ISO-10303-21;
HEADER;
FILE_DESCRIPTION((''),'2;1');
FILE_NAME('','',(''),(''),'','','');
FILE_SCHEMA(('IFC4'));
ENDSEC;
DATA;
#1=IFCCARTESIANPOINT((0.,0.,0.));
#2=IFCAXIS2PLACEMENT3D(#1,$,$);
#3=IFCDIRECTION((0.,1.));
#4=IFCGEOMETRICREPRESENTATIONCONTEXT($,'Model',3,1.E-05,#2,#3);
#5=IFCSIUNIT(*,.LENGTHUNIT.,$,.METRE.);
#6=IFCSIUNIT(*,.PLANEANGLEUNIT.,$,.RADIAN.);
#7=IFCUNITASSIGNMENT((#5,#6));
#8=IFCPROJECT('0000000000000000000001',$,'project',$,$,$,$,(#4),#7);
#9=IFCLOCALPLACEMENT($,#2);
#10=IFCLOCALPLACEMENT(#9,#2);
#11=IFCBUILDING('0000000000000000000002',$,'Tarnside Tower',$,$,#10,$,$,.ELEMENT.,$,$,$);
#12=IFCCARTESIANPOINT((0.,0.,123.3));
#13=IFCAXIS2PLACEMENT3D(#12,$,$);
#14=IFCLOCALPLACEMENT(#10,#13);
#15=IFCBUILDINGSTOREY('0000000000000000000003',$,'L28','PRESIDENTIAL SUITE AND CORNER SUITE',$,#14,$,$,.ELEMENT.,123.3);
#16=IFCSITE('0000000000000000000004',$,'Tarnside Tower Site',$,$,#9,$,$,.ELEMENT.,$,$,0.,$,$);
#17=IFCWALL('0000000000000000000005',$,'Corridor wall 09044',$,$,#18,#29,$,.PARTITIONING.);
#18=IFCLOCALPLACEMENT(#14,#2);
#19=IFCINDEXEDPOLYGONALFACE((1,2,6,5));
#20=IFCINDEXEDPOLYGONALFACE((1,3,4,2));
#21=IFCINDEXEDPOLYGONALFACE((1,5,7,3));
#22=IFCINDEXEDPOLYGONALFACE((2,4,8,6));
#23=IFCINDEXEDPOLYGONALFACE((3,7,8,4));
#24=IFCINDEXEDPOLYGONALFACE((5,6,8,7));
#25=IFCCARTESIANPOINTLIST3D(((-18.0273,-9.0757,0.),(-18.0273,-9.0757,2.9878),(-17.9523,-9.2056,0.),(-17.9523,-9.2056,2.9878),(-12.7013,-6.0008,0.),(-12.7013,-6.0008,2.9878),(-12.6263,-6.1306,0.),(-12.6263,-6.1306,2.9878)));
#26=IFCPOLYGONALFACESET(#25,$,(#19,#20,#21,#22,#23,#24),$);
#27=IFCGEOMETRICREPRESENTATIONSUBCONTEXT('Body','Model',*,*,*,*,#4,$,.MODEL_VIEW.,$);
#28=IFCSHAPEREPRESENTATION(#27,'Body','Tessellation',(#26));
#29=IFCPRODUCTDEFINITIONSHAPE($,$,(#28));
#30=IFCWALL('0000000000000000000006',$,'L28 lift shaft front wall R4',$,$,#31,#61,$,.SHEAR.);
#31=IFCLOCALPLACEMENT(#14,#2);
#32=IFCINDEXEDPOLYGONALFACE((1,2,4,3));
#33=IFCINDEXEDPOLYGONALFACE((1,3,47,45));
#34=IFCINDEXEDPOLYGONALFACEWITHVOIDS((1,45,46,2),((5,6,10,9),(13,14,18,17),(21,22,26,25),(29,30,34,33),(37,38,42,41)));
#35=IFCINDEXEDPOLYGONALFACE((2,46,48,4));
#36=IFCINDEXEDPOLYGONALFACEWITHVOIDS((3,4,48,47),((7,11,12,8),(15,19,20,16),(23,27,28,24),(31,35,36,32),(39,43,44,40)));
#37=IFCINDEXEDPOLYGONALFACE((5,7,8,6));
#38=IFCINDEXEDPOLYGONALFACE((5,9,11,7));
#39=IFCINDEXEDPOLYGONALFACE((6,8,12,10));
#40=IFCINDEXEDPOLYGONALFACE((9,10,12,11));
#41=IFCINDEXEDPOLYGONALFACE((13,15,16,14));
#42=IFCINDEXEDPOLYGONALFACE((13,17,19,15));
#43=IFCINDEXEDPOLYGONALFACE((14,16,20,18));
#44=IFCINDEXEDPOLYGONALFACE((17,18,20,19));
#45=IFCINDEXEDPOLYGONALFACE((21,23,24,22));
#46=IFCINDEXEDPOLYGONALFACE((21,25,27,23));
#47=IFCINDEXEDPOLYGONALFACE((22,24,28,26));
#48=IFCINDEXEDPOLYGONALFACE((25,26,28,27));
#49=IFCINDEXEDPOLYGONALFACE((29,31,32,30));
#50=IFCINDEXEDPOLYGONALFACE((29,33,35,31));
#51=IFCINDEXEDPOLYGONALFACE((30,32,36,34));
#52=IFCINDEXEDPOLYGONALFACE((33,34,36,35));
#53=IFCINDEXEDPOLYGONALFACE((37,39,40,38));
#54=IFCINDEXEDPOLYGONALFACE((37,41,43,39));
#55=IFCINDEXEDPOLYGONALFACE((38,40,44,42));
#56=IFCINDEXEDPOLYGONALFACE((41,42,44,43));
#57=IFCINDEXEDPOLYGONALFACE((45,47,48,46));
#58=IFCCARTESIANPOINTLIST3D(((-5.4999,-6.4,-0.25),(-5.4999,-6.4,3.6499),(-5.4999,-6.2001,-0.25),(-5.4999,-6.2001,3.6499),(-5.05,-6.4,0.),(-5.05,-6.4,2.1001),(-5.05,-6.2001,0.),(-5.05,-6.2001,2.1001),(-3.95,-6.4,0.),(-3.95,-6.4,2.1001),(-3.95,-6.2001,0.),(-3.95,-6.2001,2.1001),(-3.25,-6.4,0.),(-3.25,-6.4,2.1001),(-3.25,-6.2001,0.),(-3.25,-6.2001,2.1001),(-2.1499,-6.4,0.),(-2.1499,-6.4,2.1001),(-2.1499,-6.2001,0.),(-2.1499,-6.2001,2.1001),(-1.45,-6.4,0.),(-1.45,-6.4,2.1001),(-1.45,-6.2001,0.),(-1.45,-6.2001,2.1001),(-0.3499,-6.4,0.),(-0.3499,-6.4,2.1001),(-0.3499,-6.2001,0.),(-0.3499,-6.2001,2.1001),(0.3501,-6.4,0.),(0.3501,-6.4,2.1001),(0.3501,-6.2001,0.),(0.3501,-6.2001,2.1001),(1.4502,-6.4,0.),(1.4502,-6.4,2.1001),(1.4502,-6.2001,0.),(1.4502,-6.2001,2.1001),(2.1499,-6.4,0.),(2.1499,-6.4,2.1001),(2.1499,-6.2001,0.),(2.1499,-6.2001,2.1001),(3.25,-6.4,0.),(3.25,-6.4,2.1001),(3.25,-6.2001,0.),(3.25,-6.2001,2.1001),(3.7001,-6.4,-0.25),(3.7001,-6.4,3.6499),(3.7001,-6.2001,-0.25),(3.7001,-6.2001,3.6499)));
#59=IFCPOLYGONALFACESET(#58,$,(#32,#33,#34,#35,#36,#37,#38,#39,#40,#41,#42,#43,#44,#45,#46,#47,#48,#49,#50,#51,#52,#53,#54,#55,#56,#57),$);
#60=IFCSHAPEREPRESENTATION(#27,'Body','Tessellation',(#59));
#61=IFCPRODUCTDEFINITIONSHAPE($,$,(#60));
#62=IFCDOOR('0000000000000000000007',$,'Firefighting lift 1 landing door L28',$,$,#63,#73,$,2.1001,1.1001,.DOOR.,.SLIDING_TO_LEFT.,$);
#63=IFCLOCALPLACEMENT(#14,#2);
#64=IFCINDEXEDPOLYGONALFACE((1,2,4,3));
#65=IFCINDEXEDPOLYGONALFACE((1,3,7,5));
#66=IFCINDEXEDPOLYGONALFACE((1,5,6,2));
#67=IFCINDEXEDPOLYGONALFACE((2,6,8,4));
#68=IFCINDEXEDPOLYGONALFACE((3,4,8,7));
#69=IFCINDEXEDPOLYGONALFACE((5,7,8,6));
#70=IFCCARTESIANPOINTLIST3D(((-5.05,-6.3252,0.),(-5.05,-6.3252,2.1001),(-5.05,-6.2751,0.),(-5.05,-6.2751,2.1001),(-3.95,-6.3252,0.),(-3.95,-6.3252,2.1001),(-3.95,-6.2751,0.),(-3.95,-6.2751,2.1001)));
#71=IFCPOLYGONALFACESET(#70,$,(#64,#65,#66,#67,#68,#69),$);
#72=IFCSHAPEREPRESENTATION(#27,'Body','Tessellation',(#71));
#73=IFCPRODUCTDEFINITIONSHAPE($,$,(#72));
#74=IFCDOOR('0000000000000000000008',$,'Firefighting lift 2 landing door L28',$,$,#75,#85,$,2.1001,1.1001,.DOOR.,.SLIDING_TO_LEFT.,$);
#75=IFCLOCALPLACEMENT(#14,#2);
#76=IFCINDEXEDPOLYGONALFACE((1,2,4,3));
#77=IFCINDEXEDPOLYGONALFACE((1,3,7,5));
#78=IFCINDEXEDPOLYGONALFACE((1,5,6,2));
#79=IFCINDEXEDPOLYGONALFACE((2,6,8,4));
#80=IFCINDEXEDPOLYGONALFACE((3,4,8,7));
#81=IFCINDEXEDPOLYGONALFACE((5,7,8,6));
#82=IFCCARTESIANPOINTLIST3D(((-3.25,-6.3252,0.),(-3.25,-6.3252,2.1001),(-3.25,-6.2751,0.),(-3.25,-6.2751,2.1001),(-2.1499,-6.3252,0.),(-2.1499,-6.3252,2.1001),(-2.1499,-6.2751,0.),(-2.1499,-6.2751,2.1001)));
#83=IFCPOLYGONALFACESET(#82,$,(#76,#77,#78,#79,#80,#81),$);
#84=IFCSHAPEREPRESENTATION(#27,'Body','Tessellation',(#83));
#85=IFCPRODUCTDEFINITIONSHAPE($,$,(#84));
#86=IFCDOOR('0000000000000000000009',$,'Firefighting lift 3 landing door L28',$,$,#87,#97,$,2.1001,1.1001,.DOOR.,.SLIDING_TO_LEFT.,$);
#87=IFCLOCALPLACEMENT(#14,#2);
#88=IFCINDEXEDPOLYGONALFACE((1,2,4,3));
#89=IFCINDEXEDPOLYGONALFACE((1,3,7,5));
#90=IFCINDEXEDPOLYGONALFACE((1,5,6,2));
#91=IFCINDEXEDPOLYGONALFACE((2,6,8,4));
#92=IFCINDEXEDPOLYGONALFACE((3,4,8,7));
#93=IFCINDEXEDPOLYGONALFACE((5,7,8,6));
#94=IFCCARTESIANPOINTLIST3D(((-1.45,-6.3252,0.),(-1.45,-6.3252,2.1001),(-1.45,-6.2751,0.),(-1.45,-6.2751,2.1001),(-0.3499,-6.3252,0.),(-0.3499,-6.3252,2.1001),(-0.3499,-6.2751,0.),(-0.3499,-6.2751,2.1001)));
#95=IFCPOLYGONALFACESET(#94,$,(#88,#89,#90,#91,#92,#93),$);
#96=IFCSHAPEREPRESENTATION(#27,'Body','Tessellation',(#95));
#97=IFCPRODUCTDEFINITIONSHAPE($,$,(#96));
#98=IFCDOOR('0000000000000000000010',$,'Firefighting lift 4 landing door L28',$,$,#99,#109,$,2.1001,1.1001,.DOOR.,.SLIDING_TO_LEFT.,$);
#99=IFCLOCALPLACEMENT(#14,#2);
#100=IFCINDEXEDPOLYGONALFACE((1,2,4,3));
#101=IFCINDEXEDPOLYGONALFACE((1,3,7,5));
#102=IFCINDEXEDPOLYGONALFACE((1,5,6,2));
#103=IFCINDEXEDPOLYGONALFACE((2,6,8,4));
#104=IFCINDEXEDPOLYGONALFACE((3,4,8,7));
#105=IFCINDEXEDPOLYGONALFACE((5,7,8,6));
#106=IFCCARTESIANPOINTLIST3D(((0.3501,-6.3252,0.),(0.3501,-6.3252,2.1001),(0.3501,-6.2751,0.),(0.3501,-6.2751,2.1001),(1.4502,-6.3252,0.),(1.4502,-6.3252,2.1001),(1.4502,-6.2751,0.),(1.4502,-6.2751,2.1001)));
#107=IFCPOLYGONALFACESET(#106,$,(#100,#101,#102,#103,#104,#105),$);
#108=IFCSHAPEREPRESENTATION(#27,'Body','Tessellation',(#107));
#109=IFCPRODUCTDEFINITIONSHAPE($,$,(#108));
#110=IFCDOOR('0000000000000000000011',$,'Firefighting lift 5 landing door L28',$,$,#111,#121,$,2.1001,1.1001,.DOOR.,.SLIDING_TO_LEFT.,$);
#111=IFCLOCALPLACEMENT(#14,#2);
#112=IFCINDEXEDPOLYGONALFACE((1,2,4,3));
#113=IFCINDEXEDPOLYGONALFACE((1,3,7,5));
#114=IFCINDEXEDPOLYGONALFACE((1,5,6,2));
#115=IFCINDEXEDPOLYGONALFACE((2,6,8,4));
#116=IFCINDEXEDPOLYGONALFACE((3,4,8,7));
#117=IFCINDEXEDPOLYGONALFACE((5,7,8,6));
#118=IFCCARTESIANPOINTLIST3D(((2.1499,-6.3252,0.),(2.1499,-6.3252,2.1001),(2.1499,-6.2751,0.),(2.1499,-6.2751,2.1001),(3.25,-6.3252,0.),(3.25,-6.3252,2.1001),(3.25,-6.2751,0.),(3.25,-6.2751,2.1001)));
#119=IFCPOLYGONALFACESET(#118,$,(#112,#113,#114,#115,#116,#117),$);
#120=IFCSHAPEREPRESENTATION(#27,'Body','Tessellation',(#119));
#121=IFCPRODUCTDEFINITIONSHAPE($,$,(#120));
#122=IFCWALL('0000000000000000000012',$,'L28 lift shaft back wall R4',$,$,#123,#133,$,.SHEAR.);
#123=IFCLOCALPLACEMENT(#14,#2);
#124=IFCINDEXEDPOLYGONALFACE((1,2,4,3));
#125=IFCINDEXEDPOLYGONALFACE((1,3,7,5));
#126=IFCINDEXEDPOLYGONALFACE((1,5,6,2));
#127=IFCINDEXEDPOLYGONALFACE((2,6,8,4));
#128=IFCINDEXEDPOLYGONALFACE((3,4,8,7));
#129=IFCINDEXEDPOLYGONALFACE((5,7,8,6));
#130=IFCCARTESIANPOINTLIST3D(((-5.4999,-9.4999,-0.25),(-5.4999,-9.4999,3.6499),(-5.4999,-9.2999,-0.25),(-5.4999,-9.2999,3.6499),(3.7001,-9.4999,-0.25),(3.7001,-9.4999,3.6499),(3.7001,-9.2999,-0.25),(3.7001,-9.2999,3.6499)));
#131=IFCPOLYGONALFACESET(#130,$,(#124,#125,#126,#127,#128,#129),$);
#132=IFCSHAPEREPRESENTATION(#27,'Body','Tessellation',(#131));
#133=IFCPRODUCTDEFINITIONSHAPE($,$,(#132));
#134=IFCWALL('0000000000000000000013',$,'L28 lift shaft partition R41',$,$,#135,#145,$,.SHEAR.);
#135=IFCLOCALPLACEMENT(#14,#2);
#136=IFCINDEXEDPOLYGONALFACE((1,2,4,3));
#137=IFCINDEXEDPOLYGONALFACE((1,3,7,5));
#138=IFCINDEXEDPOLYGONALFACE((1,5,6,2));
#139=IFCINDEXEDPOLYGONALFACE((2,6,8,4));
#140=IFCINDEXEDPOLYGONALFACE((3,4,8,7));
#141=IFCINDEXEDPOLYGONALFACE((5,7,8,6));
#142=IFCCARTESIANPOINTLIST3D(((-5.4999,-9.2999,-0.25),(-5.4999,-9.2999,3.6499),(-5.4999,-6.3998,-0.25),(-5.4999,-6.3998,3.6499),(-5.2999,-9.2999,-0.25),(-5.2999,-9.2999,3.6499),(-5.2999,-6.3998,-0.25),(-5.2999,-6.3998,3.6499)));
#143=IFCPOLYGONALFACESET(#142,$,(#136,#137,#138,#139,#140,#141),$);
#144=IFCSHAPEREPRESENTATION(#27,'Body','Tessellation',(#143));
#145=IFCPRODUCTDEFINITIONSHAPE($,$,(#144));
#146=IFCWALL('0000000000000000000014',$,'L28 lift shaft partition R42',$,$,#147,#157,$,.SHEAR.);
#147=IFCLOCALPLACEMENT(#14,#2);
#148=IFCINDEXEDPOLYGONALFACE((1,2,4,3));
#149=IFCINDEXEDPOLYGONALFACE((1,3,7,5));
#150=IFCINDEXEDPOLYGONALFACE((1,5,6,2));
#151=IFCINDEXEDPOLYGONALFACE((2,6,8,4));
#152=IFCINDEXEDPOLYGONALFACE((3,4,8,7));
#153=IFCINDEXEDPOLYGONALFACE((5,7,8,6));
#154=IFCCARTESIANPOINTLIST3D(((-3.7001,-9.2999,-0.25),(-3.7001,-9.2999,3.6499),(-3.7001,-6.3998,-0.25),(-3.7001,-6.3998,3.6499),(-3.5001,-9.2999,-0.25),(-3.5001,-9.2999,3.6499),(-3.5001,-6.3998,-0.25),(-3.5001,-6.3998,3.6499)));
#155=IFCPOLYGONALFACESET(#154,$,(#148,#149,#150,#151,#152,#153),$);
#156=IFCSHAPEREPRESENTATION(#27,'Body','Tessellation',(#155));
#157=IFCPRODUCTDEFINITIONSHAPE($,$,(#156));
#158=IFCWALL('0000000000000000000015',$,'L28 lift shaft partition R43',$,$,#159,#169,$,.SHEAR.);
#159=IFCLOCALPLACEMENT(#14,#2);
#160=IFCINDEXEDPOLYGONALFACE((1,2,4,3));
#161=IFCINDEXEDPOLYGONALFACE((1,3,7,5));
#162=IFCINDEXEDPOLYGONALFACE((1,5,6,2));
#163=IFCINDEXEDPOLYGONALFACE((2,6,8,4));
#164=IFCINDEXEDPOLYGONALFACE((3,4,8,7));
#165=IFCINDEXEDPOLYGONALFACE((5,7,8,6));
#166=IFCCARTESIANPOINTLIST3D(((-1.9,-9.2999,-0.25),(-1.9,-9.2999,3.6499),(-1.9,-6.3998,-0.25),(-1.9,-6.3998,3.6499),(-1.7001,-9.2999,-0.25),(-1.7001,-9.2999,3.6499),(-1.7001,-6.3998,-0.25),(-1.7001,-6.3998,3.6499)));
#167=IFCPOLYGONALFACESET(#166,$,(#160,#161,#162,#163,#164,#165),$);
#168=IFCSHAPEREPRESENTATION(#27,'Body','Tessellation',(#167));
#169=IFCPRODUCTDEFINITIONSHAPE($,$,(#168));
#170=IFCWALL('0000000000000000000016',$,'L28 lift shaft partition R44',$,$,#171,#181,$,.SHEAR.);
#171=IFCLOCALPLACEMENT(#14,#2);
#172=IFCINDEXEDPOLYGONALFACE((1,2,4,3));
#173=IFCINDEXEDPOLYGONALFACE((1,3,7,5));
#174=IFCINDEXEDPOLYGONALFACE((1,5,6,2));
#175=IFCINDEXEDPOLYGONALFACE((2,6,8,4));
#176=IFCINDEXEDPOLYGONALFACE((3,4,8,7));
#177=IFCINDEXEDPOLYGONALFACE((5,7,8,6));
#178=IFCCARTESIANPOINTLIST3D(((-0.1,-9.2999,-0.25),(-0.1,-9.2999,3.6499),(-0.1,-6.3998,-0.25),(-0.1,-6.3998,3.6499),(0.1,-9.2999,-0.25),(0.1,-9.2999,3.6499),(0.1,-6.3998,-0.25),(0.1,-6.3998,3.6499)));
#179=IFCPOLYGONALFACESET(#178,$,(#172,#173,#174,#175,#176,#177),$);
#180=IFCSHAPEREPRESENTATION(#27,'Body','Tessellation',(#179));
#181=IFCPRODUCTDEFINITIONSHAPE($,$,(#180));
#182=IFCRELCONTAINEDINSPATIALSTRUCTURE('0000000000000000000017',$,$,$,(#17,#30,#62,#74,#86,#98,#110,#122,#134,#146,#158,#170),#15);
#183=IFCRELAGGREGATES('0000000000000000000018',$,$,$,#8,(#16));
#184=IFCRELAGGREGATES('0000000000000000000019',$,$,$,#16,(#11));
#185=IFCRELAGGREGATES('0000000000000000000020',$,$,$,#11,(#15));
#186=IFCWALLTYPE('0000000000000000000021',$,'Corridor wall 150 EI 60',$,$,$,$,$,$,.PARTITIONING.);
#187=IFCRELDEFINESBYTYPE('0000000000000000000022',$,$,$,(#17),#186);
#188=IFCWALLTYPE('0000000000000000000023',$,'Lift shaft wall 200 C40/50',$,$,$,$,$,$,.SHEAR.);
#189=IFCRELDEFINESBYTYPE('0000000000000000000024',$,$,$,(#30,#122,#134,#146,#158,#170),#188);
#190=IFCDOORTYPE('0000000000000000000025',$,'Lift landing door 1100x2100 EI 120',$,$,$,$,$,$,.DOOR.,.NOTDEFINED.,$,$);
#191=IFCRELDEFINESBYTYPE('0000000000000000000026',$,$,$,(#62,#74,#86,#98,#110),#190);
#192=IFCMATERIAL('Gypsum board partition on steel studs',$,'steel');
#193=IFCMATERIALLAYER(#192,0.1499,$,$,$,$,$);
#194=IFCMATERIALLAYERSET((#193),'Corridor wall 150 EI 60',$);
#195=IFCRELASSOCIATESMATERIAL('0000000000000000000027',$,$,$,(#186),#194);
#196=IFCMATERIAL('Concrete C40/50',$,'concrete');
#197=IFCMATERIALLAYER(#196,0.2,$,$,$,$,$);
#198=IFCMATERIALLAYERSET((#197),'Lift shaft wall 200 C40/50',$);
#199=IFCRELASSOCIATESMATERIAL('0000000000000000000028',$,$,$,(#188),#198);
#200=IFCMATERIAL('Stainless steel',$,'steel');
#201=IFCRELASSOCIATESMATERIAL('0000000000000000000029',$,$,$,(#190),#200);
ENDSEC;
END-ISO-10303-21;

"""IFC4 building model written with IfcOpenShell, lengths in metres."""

from ifc_helpers import new_model, si_unit, direction, frame, frame_2d, origin, place, context, subcontext, project, spatial, rectangle, extrude, material, layer, layer_set, type_object, element, fill, save


model = new_model("IFC4")

# Units and contexts
model_context = context("Model", 3, precision=1e-05, world=origin(), true_north=direction((0.0, 1.0)))
body_context = subcontext(model_context, "Body", "Model", "MODEL_VIEW")
ifc_project = project(units=[si_unit("LENGTHUNIT", "METRE"), si_unit("PLANEANGLEUNIT", "RADIAN")], contexts=[model_context])

# Site, building, storey
site_placement = place(None, origin())
site = spatial("IfcSite", under=ifc_project, at=site_placement, Name="Tarnside Tower Site", CompositionType="ELEMENT", RefElevation=0.0)
building_placement = place(site_placement, origin())
building = spatial("IfcBuilding", under=site, at=building_placement, Name="Tarnside Tower", CompositionType="ELEMENT")
storey_placement = place(building_placement, frame((0.0, 0.0, 123.3)))
storey = spatial("IfcBuildingStorey", under=building, at=storey_placement, Name="L28", Description="PRESIDENTIAL SUITE AND CORNER SUITE", CompositionType="ELEMENT", Elevation=123.3)

# Wall
ifc_material_1 = material(Name="Gypsum board partition on steel studs", Category="steel")
ifc_layer_1 = layer(ifc_material_1, 0.1499)
ifc_layer_set_1 = layer_set([ifc_layer_1], Name="Corridor wall 150 EI 60")
wall_type_1 = type_object("IfcWallType", Name="Corridor wall 150 EI 60", PredefinedType="PARTITIONING", material=ifc_layer_set_1)
wall_1_placement = place(storey_placement, frame((-12.6638, -6.0657, 0.0), z_axis=(0.0, 0.0, 1.0), x_axis=(-0.866024, -0.500003, 0.0)))
element("IfcWall", 1, at=wall_1_placement, inside=storey, type_object=wall_type_1, Name="Corridor wall 09044", PredefinedType="PARTITIONING", context=body_context, shape_type="SweptSolid", body=[
    extrude(rectangle(XDim=6.1499, YDim=0.1499, at=frame_2d((3.075, 0.0))), origin(), (0.0, 0.0, 1.0), 2.9878),
])

# Wall, openings, doors
ifc_material_2 = material(Name="Concrete C40/50", Category="concrete")
ifc_layer_2 = layer(ifc_material_2, 0.2)
ifc_layer_set_2 = layer_set([ifc_layer_2], Name="Lift shaft wall 200 C40/50")
wall_type_2 = type_object("IfcWallType", Name="Lift shaft wall 200 C40/50", PredefinedType="SHEAR", material=ifc_layer_set_2)
wall_2_placement = place(storey_placement, frame((-5.5, -6.3, -0.25), z_axis=(0.0, 0.0, 1.0), x_axis=(1.0, 0.0, 0.0)))
wall_2 = element("IfcWall", 2, at=wall_2_placement, inside=storey, type_object=wall_type_2, Name="L28 lift shaft front wall R4", PredefinedType="SHEAR", context=body_context, shape_type="SweptSolid", body=[
    extrude(rectangle(XDim=9.2, YDim=0.2, at=frame_2d((4.6001, 0.0))), origin(), (0.0, 0.0, 1.0), 3.8999),
])
opening_1_placement = place(wall_2_placement, frame((0.45, 0.0, 0.25)))
opening_1 = element("IfcOpeningElement", 3, at=opening_1_placement, cuts=wall_2, PredefinedType="OPENING", context=body_context, shape_type="SweptSolid", body=[
    extrude(rectangle(XDim=1.1001, YDim=2.1001, at=frame_2d((0.55, 1.05))), frame((0.0, 0.1099, 0.0), z_axis=(0.0, -1.0, 0.0), x_axis=(1.0, 0.0, 0.0)), (0.0, 0.0, 1.0), 0.22),
])
opening_2_placement = place(wall_2_placement, frame((2.25, 0.0, 0.25)))
opening_2 = element("IfcOpeningElement", 4, at=opening_2_placement, cuts=wall_2, PredefinedType="OPENING", context=body_context, shape_type="SweptSolid", body=[
    extrude(rectangle(XDim=1.1001, YDim=2.1001, at=frame_2d((0.55, 1.05))), frame((0.0, 0.1099, 0.0), z_axis=(0.0, -1.0, 0.0), x_axis=(1.0, 0.0, 0.0)), (0.0, 0.0, 1.0), 0.22),
])
opening_3_placement = place(wall_2_placement, frame((4.05, 0.0, 0.25)))
opening_3 = element("IfcOpeningElement", 5, at=opening_3_placement, cuts=wall_2, PredefinedType="OPENING", context=body_context, shape_type="SweptSolid", body=[
    extrude(rectangle(XDim=1.1001, YDim=2.1001, at=frame_2d((0.55, 1.05))), frame((0.0, 0.1099, 0.0), z_axis=(0.0, -1.0, 0.0), x_axis=(1.0, 0.0, 0.0)), (0.0, 0.0, 1.0), 0.22),
])
opening_4_placement = place(wall_2_placement, frame((5.8501, 0.0, 0.25)))
opening_4 = element("IfcOpeningElement", 6, at=opening_4_placement, cuts=wall_2, PredefinedType="OPENING", context=body_context, shape_type="SweptSolid", body=[
    extrude(rectangle(XDim=1.1001, YDim=2.1001, at=frame_2d((0.55, 1.05))), frame((0.0, 0.1099, 0.0), z_axis=(0.0, -1.0, 0.0), x_axis=(1.0, 0.0, 0.0)), (0.0, 0.0, 1.0), 0.22),
])
opening_5_placement = place(wall_2_placement, frame((7.6499, 0.0, 0.25)))
opening_5 = element("IfcOpeningElement", 7, at=opening_5_placement, cuts=wall_2, PredefinedType="OPENING", context=body_context, shape_type="SweptSolid", body=[
    extrude(rectangle(XDim=1.1001, YDim=2.1001, at=frame_2d((0.55, 1.05))), frame((0.0, 0.1099, 0.0), z_axis=(0.0, -1.0, 0.0), x_axis=(1.0, 0.0, 0.0)), (0.0, 0.0, 1.0), 0.22),
])
ifc_material_3 = material(Name="Stainless steel", Category="steel")
door_type_1 = type_object("IfcDoorType", Name="Lift landing door 1100x2100 EI 120", OperationType="NOTDEFINED", PredefinedType="DOOR", material=ifc_material_3)
door_1_placement = place(opening_1_placement, origin())
door_1 = element("IfcDoor", 8, at=door_1_placement, inside=storey, type_object=door_type_1, Name="Firefighting lift 1 landing door L28", OperationType="SLIDING_TO_LEFT", OverallHeight=2.1001, OverallWidth=1.1001, PredefinedType="DOOR", context=body_context, shape_type="SweptSolid", body=[
    extrude(rectangle(XDim=1.1001, YDim=2.1001, at=frame_2d((0.55, 1.05))), frame((0.0, 0.0249, 0.0), z_axis=(0.0, -1.0, 0.0), x_axis=(1.0, 0.0, 0.0)), (0.0, 0.0, 1.0), 0.05),
])
fill(opening_1, door_1)
door_2_placement = place(opening_2_placement, origin())
door_2 = element("IfcDoor", 9, at=door_2_placement, inside=storey, type_object=door_type_1, Name="Firefighting lift 2 landing door L28", OperationType="SLIDING_TO_LEFT", OverallHeight=2.1001, OverallWidth=1.1001, PredefinedType="DOOR", context=body_context, shape_type="SweptSolid", body=[
    extrude(rectangle(XDim=1.1001, YDim=2.1001, at=frame_2d((0.55, 1.05))), frame((0.0, 0.0249, 0.0), z_axis=(0.0, -1.0, 0.0), x_axis=(1.0, 0.0, 0.0)), (0.0, 0.0, 1.0), 0.05),
])
fill(opening_2, door_2)
door_3_placement = place(opening_3_placement, origin())
door_3 = element("IfcDoor", 10, at=door_3_placement, inside=storey, type_object=door_type_1, Name="Firefighting lift 3 landing door L28", OperationType="SLIDING_TO_LEFT", OverallHeight=2.1001, OverallWidth=1.1001, PredefinedType="DOOR", context=body_context, shape_type="SweptSolid", body=[
    extrude(rectangle(XDim=1.1001, YDim=2.1001, at=frame_2d((0.55, 1.05))), frame((0.0, 0.0249, 0.0), z_axis=(0.0, -1.0, 0.0), x_axis=(1.0, 0.0, 0.0)), (0.0, 0.0, 1.0), 0.05),
])
fill(opening_3, door_3)
door_4_placement = place(opening_4_placement, origin())
door_4 = element("IfcDoor", 11, at=door_4_placement, inside=storey, type_object=door_type_1, Name="Firefighting lift 4 landing door L28", OperationType="SLIDING_TO_LEFT", OverallHeight=2.1001, OverallWidth=1.1001, PredefinedType="DOOR", context=body_context, shape_type="SweptSolid", body=[
    extrude(rectangle(XDim=1.1001, YDim=2.1001, at=frame_2d((0.55, 1.05))), frame((0.0, 0.0249, 0.0), z_axis=(0.0, -1.0, 0.0), x_axis=(1.0, 0.0, 0.0)), (0.0, 0.0, 1.0), 0.05),
])
fill(opening_4, door_4)
door_5_placement = place(opening_5_placement, origin())
door_5 = element("IfcDoor", 12, at=door_5_placement, inside=storey, type_object=door_type_1, Name="Firefighting lift 5 landing door L28", OperationType="SLIDING_TO_LEFT", OverallHeight=2.1001, OverallWidth=1.1001, PredefinedType="DOOR", context=body_context, shape_type="SweptSolid", body=[
    extrude(rectangle(XDim=1.1001, YDim=2.1001, at=frame_2d((0.55, 1.05))), frame((0.0, 0.0249, 0.0), z_axis=(0.0, -1.0, 0.0), x_axis=(1.0, 0.0, 0.0)), (0.0, 0.0, 1.0), 0.05),
])
fill(opening_5, door_5)

# Walls
wall_3_placement = place(storey_placement, frame((-5.5, -9.3999, -0.25), z_axis=(0.0, 0.0, 1.0), x_axis=(1.0, 0.0, 0.0)))
element("IfcWall", 13, at=wall_3_placement, inside=storey, type_object=wall_type_2, Name="L28 lift shaft back wall R4", PredefinedType="SHEAR", context=body_context, shape_type="SweptSolid", body=[
    extrude(rectangle(XDim=9.2, YDim=0.2, at=frame_2d((4.6001, 0.0))), origin(), (0.0, 0.0, 1.0), 3.8999),
])
for number, where, z_axis, x_axis, name in (
    (14, (-5.3999, -9.3, -0.25), (0.0, 0.0, 1.0), (0.0, 1.0, 0.0), "L28 lift shaft partition R41"),
    (15, (-3.6001, -9.3, -0.25), (0.0, 0.0, 1.0), (0.0, 1.0, 0.0), "L28 lift shaft partition R42"),
    (16, (-1.8, -9.3, -0.25), (0.0, 0.0, 1.0), (0.0, 1.0, 0.0), "L28 lift shaft partition R43"),
    (17, (0.0, -9.3, -0.25), (0.0, 0.0, 1.0), (0.0, 1.0, 0.0), "L28 lift shaft partition R44"),
):
    element("IfcWall", number, at=place(storey_placement, frame(where, z_axis=z_axis, x_axis=x_axis)), inside=storey, type_object=wall_type_2, Name=name, PredefinedType="SHEAR", context=body_context, shape_type="SweptSolid", body=[
        extrude(rectangle(XDim=2.9001, YDim=0.2, at=frame_2d((1.4502, 0.0))), origin(), (0.0, 0.0, 1.0), 3.8999),
    ])

save(model, "model.ifc")
